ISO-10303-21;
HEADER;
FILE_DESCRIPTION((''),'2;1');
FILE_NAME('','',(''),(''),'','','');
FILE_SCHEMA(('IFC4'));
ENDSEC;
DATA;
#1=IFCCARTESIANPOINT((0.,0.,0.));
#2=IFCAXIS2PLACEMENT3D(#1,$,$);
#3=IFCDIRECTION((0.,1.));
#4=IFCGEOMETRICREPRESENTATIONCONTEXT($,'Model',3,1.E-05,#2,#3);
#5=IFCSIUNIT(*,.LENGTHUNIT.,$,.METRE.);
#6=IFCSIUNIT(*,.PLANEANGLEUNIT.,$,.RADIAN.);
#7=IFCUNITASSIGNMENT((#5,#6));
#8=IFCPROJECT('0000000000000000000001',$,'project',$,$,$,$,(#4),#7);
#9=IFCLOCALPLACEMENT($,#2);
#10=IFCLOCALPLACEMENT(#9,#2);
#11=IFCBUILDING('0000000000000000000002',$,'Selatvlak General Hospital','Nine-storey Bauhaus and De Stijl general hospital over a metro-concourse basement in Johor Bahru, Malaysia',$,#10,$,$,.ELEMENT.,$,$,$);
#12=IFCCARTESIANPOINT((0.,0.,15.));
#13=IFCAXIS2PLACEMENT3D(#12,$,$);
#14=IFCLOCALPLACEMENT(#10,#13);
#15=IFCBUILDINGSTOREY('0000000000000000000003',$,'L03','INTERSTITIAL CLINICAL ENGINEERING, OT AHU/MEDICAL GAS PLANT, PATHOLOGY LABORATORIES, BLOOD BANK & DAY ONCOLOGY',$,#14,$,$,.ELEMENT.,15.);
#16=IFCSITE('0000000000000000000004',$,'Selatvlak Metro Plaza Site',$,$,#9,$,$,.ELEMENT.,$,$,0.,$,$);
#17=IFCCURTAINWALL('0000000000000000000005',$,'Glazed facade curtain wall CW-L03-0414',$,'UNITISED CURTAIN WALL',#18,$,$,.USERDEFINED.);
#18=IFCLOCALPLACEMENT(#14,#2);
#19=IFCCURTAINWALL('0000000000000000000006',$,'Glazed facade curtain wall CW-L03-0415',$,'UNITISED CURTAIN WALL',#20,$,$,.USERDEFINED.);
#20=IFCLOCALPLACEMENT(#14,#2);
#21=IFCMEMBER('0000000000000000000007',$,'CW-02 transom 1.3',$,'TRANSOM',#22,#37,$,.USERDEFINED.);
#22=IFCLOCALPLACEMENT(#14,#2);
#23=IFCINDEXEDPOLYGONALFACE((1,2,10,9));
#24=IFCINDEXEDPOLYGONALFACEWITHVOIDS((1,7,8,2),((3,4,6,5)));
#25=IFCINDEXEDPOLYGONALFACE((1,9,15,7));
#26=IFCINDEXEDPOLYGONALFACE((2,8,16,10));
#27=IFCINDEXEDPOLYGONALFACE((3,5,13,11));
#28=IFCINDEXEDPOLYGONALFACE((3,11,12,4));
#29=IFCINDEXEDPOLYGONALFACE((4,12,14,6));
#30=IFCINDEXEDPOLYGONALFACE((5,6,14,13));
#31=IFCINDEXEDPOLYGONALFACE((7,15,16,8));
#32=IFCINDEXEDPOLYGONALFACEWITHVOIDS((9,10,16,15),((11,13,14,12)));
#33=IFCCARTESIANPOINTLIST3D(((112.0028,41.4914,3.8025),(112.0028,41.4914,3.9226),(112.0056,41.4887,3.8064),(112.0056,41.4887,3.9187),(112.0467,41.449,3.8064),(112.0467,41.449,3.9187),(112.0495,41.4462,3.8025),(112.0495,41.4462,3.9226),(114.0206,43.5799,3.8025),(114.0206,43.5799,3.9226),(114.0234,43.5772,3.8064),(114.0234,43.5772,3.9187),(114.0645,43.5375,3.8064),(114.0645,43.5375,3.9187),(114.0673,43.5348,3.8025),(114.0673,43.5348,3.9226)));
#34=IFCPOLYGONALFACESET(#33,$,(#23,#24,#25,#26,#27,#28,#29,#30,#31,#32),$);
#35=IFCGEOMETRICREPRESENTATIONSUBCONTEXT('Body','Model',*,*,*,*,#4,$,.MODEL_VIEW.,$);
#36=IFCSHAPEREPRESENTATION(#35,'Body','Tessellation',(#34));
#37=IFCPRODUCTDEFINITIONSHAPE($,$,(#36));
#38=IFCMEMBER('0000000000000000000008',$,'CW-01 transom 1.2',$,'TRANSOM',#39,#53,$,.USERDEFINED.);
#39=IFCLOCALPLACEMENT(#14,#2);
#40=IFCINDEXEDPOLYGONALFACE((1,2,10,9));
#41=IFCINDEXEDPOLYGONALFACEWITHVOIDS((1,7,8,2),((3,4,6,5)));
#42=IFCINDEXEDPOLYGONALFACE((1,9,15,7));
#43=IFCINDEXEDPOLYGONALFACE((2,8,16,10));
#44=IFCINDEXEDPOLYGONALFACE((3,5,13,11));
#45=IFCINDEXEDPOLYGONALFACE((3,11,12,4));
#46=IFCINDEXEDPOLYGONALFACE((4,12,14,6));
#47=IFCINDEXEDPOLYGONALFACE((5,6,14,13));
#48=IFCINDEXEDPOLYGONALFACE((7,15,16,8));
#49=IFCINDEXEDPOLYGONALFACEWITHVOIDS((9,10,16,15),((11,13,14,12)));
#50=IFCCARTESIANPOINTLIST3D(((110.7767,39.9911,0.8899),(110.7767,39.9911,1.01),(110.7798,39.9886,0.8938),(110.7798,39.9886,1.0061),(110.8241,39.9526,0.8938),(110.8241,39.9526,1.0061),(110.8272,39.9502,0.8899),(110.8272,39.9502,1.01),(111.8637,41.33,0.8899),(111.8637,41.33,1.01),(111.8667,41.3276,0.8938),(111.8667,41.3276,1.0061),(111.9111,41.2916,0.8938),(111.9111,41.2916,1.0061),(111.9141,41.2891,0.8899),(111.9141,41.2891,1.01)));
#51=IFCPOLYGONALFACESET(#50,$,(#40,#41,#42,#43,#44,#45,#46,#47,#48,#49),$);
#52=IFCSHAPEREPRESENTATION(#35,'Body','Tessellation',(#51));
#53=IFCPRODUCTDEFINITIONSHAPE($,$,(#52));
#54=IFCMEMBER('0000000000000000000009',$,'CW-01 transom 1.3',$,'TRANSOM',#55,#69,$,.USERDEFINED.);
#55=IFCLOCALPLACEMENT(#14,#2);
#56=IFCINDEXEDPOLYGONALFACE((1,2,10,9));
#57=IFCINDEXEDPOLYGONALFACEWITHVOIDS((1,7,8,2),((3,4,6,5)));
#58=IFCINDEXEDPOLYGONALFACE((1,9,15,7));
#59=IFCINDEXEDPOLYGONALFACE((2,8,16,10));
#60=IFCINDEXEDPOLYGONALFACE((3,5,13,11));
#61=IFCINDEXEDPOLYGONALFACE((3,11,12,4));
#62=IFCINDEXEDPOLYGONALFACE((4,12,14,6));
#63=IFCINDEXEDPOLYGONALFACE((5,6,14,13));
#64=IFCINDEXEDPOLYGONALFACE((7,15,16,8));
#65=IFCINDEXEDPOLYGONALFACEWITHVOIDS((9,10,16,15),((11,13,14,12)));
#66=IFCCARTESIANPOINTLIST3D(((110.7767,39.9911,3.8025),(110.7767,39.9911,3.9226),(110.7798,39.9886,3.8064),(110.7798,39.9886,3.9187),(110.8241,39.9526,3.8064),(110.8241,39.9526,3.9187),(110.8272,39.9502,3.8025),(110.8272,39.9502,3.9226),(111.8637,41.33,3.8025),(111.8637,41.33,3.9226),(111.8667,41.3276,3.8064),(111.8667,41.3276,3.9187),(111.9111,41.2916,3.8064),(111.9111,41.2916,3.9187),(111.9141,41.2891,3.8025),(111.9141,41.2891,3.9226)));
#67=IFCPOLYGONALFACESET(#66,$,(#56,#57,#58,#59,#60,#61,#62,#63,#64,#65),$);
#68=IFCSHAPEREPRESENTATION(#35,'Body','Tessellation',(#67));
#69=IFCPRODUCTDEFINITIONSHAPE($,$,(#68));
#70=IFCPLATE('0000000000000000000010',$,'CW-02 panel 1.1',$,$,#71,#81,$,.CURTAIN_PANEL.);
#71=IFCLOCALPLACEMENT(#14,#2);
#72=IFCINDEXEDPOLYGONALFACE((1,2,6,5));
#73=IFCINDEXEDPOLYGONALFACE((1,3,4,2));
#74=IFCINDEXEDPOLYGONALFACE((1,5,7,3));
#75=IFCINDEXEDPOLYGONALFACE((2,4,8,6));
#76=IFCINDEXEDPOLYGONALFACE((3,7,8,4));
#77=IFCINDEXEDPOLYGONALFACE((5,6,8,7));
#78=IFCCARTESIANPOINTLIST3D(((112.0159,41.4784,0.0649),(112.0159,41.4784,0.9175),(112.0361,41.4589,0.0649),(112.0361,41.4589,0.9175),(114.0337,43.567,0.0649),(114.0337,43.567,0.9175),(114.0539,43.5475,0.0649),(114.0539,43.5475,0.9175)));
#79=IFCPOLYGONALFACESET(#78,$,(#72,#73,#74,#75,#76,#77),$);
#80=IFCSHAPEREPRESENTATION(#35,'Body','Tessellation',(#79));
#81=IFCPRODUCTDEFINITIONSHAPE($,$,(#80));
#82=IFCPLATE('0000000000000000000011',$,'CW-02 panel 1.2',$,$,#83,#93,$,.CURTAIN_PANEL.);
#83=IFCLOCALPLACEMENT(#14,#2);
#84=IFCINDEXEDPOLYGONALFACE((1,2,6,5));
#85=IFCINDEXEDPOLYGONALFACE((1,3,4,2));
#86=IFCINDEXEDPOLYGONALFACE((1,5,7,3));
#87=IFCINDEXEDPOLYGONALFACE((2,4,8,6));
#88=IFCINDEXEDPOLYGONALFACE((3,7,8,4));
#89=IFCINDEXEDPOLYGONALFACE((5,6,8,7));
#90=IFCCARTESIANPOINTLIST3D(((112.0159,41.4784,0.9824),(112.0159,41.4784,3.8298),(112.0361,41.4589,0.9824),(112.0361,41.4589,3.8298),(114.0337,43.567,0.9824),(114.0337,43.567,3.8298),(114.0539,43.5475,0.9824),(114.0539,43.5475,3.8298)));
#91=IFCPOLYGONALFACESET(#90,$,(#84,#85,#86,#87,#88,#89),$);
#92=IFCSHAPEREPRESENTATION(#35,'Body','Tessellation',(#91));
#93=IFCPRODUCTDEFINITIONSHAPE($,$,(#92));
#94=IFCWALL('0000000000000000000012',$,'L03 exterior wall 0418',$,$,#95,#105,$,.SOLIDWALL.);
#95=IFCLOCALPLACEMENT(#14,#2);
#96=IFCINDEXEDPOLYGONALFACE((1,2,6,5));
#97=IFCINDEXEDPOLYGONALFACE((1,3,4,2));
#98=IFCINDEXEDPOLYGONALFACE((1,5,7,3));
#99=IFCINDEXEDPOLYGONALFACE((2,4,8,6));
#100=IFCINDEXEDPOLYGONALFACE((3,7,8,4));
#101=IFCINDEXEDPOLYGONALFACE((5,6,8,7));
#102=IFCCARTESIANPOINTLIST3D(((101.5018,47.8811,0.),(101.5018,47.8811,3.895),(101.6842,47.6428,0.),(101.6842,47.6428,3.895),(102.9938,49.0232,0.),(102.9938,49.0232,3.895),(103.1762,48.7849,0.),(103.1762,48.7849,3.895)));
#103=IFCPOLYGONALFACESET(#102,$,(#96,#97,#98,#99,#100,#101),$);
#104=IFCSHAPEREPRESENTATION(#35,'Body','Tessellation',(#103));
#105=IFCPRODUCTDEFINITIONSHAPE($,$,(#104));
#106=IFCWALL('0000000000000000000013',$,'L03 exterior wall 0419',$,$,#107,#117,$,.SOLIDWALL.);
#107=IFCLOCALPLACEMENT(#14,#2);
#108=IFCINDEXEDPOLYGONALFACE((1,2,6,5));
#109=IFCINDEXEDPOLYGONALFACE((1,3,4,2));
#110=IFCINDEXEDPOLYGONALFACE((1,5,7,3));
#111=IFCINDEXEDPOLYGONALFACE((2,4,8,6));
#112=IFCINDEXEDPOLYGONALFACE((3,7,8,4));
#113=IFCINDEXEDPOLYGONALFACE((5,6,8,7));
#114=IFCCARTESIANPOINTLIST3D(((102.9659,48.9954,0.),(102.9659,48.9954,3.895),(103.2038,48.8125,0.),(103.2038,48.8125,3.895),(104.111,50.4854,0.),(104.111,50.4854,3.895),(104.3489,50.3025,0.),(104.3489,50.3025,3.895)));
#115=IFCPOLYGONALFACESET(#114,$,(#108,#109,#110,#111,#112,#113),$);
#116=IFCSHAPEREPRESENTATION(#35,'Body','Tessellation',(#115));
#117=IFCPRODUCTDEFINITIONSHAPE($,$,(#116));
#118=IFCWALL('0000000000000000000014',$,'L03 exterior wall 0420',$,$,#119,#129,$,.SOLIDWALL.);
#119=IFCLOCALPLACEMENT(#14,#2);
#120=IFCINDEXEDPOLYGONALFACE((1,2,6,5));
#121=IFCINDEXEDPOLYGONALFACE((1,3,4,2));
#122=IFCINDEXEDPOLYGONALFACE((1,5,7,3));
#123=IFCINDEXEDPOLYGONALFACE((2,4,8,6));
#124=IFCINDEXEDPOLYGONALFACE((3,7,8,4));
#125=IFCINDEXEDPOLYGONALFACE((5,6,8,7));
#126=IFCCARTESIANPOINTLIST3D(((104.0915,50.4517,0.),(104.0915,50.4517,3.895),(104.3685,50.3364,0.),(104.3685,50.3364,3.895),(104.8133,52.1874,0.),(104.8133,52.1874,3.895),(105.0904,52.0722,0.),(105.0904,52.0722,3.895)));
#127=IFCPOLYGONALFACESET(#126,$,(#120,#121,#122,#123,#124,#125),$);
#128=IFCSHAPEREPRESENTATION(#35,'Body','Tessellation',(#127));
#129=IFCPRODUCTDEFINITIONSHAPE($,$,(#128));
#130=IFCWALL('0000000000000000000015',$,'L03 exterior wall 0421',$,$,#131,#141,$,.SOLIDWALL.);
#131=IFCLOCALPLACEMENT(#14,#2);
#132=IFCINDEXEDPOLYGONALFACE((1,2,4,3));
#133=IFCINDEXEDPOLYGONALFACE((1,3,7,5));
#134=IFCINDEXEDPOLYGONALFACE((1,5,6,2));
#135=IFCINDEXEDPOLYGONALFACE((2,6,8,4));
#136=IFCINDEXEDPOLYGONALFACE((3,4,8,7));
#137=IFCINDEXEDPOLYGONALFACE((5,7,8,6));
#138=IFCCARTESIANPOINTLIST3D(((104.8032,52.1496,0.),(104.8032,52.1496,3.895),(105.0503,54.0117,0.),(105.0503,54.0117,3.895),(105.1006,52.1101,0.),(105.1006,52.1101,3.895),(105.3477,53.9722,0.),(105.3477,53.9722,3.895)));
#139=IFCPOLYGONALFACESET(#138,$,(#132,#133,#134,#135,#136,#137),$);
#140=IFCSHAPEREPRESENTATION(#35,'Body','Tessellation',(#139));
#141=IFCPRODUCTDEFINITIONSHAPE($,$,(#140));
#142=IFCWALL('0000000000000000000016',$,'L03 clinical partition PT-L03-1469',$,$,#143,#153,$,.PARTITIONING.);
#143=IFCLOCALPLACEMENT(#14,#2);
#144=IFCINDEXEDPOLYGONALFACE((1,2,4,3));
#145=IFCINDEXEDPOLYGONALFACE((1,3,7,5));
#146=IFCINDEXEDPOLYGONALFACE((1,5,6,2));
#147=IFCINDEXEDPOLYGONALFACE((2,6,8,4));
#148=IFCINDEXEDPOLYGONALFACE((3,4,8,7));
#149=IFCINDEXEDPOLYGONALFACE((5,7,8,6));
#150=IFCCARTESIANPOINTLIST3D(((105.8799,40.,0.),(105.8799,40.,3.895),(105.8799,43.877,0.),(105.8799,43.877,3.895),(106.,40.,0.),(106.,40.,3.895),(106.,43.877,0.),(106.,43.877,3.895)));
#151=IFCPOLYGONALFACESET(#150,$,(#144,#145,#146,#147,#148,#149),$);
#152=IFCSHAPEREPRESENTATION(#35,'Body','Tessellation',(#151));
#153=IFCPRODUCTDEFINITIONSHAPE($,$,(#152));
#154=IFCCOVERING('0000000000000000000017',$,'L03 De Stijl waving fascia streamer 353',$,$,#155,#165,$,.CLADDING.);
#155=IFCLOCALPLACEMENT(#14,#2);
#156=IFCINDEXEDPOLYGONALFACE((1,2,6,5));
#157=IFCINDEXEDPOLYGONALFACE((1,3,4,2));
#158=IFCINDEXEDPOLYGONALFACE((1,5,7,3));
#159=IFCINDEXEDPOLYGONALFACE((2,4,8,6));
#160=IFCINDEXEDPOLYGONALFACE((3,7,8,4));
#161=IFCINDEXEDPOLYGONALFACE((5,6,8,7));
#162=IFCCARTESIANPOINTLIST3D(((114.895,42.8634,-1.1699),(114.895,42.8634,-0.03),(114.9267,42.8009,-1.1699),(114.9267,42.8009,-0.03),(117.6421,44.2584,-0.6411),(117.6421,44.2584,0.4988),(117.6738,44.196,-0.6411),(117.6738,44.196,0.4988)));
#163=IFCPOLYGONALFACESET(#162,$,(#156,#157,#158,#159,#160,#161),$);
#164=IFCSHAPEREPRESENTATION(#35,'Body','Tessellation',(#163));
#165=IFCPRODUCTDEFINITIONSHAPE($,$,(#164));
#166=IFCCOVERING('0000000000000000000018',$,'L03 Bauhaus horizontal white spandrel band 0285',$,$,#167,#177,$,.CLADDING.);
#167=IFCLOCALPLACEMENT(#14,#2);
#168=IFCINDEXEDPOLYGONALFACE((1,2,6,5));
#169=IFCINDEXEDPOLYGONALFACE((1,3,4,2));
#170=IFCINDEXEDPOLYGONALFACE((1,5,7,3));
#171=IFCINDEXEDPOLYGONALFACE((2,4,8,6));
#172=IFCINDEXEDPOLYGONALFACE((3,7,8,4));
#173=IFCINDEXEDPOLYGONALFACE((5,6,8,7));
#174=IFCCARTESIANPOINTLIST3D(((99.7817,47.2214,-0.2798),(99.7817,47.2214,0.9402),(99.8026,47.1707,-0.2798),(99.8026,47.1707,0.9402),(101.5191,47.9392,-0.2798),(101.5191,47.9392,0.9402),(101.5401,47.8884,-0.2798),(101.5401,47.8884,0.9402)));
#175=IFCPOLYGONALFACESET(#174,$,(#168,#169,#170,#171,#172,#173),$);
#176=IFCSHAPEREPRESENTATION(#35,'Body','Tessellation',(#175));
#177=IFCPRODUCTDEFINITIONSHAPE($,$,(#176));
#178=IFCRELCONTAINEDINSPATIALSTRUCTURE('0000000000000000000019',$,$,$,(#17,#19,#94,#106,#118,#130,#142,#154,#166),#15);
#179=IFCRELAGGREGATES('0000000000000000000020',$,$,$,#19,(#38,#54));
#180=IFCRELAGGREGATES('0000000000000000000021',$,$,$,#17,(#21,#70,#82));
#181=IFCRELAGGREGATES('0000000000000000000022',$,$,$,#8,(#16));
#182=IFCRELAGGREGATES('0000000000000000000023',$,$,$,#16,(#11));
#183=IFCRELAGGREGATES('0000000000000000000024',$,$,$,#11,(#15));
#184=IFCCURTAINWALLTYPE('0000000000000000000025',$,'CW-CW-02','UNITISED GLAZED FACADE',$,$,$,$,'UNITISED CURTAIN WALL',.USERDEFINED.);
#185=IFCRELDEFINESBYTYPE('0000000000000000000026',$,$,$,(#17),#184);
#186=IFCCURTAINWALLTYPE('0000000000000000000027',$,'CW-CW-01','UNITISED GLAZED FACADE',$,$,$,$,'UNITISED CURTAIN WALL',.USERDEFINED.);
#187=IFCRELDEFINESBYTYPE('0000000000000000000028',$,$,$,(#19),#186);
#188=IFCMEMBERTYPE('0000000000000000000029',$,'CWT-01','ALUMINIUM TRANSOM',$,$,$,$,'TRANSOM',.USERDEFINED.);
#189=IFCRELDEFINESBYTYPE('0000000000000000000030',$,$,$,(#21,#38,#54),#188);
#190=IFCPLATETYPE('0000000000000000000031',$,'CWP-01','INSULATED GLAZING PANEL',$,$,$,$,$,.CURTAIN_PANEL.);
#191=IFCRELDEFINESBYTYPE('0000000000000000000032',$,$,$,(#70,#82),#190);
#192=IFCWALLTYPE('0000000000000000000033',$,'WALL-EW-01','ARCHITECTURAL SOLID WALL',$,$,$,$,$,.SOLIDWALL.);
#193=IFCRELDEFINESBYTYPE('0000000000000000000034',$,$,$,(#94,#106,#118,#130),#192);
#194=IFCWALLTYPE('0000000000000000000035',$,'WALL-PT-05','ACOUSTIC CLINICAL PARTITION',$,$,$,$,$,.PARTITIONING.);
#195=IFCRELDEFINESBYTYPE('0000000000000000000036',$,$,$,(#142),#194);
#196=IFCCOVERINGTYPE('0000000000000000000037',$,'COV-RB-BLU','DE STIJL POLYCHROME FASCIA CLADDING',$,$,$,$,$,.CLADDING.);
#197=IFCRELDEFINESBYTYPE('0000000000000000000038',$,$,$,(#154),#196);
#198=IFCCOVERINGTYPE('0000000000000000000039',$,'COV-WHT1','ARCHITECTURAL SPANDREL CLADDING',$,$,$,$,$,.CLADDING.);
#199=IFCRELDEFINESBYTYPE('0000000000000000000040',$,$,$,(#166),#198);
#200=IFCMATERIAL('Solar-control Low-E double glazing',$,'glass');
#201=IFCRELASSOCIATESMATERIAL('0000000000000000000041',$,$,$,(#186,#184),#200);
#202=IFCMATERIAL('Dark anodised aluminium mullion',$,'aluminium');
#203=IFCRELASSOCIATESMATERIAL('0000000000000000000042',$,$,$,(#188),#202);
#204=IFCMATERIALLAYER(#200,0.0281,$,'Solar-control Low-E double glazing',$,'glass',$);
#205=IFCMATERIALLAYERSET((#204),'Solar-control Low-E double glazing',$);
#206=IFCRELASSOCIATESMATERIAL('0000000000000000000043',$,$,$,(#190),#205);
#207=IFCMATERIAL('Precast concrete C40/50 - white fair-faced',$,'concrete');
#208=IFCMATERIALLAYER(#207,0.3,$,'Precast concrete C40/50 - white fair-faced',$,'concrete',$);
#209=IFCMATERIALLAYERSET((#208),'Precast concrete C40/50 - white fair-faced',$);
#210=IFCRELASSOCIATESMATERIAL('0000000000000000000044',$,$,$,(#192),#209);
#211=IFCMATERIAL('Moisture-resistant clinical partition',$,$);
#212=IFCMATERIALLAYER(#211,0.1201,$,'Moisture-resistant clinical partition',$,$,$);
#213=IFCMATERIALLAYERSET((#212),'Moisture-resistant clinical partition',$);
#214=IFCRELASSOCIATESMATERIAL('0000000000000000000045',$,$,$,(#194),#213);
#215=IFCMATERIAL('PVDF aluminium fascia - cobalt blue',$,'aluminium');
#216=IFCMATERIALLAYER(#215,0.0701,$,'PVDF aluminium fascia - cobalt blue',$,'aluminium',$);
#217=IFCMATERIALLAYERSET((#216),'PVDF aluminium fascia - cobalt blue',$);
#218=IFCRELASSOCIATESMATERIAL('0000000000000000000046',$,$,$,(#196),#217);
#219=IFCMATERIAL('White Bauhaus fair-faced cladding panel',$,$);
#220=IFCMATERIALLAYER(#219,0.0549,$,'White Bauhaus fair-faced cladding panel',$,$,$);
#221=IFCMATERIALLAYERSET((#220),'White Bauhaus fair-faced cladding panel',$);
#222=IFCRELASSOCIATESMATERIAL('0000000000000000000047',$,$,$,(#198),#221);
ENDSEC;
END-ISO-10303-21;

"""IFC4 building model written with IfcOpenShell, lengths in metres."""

from ifc_helpers import new_model, si_unit, direction, frame, frame_2d, origin, origin_2d, place, context, subcontext, project, spatial, polyline, rectangle, hollow_rectangle, outline, extrude, material, layer, layer_set, material_profile, profile_set, type_object, element, aggregate, save


model = new_model("IFC4")

# Units and contexts
model_context = context("Model", 3, precision=1e-05, world=origin(), true_north=direction((0.0, 1.0)))
body_context = subcontext(model_context, "Body", "Model", "MODEL_VIEW")
ifc_project = project(units=[si_unit("LENGTHUNIT", "METRE"), si_unit("PLANEANGLEUNIT", "RADIAN")], contexts=[model_context])

# Site, building, storey
site_placement = place(None, origin())
site = spatial("IfcSite", under=ifc_project, at=site_placement, Name="Selatvlak Metro Plaza Site", CompositionType="ELEMENT", RefElevation=0.0)
building_placement = place(site_placement, origin())
building = spatial("IfcBuilding", under=site, at=building_placement, Name="Selatvlak General Hospital", Description="Nine-storey Bauhaus and De Stijl general hospital over a metro-concourse basement in Johor Bahru, Malaysia", CompositionType="ELEMENT")
storey_placement = place(building_placement, frame((0.0, 0.0, 15.0)))
storey = spatial("IfcBuildingStorey", under=building, at=storey_placement, Name="L03", Description="INTERSTITIAL CLINICAL ENGINEERING, OT AHU/MEDICAL GAS PLANT, PATHOLOGY LABORATORIES, BLOOD BANK & DAY ONCOLOGY", CompositionType="ELEMENT", Elevation=15.0)

# Shared definitions
ifc_material_1 = material(Name="Solar-control Low-E double glazing", Category="glass")
curtain_wall_type_1 = type_object("IfcCurtainWallType", Name="CW-CW-01", Description="UNITISED GLAZED FACADE", ElementType="UNITISED CURTAIN WALL", PredefinedType="USERDEFINED", material=ifc_material_1)
ifc_material_2 = material(Name="Dark anodised aluminium mullion", Category="aluminium")

# Curtain wall
curtain_wall_type_2 = type_object("IfcCurtainWallType", Name="CW-CW-02", Description="UNITISED GLAZED FACADE", ElementType="UNITISED CURTAIN WALL", PredefinedType="USERDEFINED", material=ifc_material_1)
curtain_wall_1_placement = place(storey_placement, origin())
curtain_wall_1 = element("IfcCurtainWall", 1, at=curtain_wall_1_placement, inside=storey, type_object=curtain_wall_type_2, Name="Glazed facade curtain wall CW-L03-0414", ObjectType="UNITISED CURTAIN WALL", PredefinedType="USERDEFINED")

# Curtain wall
curtain_wall_2_placement = place(storey_placement, origin())
curtain_wall_2 = element("IfcCurtainWall", 2, at=curtain_wall_2_placement, inside=storey, type_object=curtain_wall_type_1, Name="Glazed facade curtain wall CW-L03-0415", ObjectType="UNITISED CURTAIN WALL", PredefinedType="USERDEFINED")

# Members
ifc_material_profile_1 = material_profile(ifc_material_2, hollow_rectangle(XDim=0.0649, YDim=0.1201, WallThickness=0.0039, at=origin_2d()), Name="AL-TRN 65x120x4")
ifc_profile_set_1 = profile_set([ifc_material_profile_1], Name="Dark anodised aluminium mullion")
member_type_1 = type_object("IfcMemberType", Name="CWT-01", Description="ALUMINIUM TRANSOM", ElementType="TRANSOM", PredefinedType="USERDEFINED", material=ifc_profile_set_1)
member_1_placement = place(storey_placement, frame((114.0439, 43.5574, 3.8625), z_axis=(-0.694812, -0.719191, 0.0), x_axis=(0.719191, -0.694812, 0.0)))
member_1 = element("IfcMember", 3, at=member_1_placement, type_object=member_type_1, Name="CW-02 transom 1.3", ObjectType="TRANSOM", PredefinedType="USERDEFINED", context=body_context, shape_type="SweptSolid", body=[
    extrude(hollow_rectangle(XDim=0.0649, YDim=0.1201, WallThickness=0.0039, at=origin_2d()), origin(), (0.0, 0.0, 1.0), 2.9041),
])
member_2_placement = place(storey_placement, frame((111.8889, 41.3096, 0.95), z_axis=(-0.630273, -0.776374, 0.0), x_axis=(0.776374, -0.630273, 0.0)))
member_2 = element("IfcMember", 4, at=member_2_placement, type_object=member_type_1, Name="CW-01 transom 1.2", ObjectType="TRANSOM", PredefinedType="USERDEFINED", context=body_context, shape_type="SweptSolid", body=[
    extrude(hollow_rectangle(XDim=0.0649, YDim=0.1201, WallThickness=0.0039, at=origin_2d()), origin(), (0.0, 0.0, 1.0), 1.7246),
])
member_3_placement = place(storey_placement, frame((111.8889, 41.3096, 3.8625), z_axis=(-0.630273, -0.776374, 0.0), x_axis=(0.776374, -0.630273, 0.0)))
member_3 = element("IfcMember", 5, at=member_3_placement, type_object=member_type_1, Name="CW-01 transom 1.3", ObjectType="TRANSOM", PredefinedType="USERDEFINED", context=body_context, shape_type="SweptSolid", body=[
    extrude(hollow_rectangle(XDim=0.0649, YDim=0.1201, WallThickness=0.0039, at=origin_2d()), origin(), (0.0, 0.0, 1.0), 1.7246),
])
aggregate(curtain_wall_2, [member_2, member_3])

# Plates
ifc_layer_1 = layer(ifc_material_1, 0.0281, Name="Solar-control Low-E double glazing", Category="glass")
ifc_layer_set_1 = layer_set([ifc_layer_1], Name="Solar-control Low-E double glazing")
plate_type = type_object("IfcPlateType", Name="CWP-01", Description="INSULATED GLAZING PANEL", PredefinedType="CURTAIN_PANEL", material=ifc_layer_set_1)
plate_1_placement = place(storey_placement, frame((113.0349, 42.5129, 0.0649), z_axis=(0.0, 0.0, 1.0), x_axis=(-0.694806, -0.719197, 0.0)))
plate_1 = element("IfcPlate", 6, at=plate_1_placement, type_object=plate_type, Name="CW-02 panel 1.1", PredefinedType="CURTAIN_PANEL", context=body_context, shape_type="SweptSolid", body=[
    extrude(rectangle(XDim=2.9041, YDim=0.0281, at=origin_2d()), origin(), (0.0, 0.0, 1.0), 0.8525),
])
plate_2_placement = place(storey_placement, frame((113.0349, 42.5129, 0.9824), z_axis=(0.0, 0.0, 1.0), x_axis=(-0.694806, -0.719197, 0.0)))
plate_2 = element("IfcPlate", 7, at=plate_2_placement, type_object=plate_type, Name="CW-02 panel 1.2", PredefinedType="CURTAIN_PANEL", context=body_context, shape_type="SweptSolid", body=[
    extrude(rectangle(XDim=2.9041, YDim=0.0281, at=origin_2d()), origin(), (0.0, 0.0, 1.0), 2.8474),
])
aggregate(curtain_wall_1, [member_1, plate_1, plate_2])

# Walls
ifc_material_3 = material(Name="Precast concrete C40/50 - white fair-faced", Category="concrete")
ifc_layer_2 = layer(ifc_material_3, 0.3, Name="Precast concrete C40/50 - white fair-faced", Category="concrete")
ifc_layer_set_2 = layer_set([ifc_layer_2], Name="Precast concrete C40/50 - white fair-faced")
wall_type_1 = type_object("IfcWallType", Name="WALL-EW-01", Description="ARCHITECTURAL SOLID WALL", PredefinedType="SOLIDWALL", material=ifc_layer_set_2)
wall_1_placement = place(storey_placement, frame((101.593, 47.762, 0.0), z_axis=(0.0, 0.0, 1.0), x_axis=(0.794052, 0.60785, 0.0)))
element("IfcWall", 8, at=wall_1_placement, inside=storey, type_object=wall_type_1, Name="L03 exterior wall 0418", PredefinedType="SOLIDWALL", context=body_context, shape_type="SweptSolid", body=[
    extrude(rectangle(XDim=1.8789, YDim=0.3, at=frame_2d((0.9395, 0.0))), origin(), (0.0, 0.0, 1.0), 3.895),
])
wall_2_placement = place(storey_placement, frame((103.085, 48.9041, 0.0), z_axis=(0.0, 0.0, 1.0), x_axis=(0.609334, 0.792914, 0.0)))
element("IfcWall", 9, at=wall_2_placement, inside=storey, type_object=wall_type_1, Name="L03 exterior wall 0419", PredefinedType="SOLIDWALL", context=body_context, shape_type="SweptSolid", body=[
    extrude(rectangle(XDim=1.8792, YDim=0.3, at=frame_2d((0.9395, 0.0))), origin(), (0.0, 0.0, 1.0), 3.895),
])
wall_3_placement = place(storey_placement, frame((104.23, 50.394, 0.0), z_axis=(0.0, 0.0, 1.0), x_axis=(0.384007, 0.92333, 0.0)))
element("IfcWall", 10, at=wall_3_placement, inside=storey, type_object=wall_type_1, Name="L03 exterior wall 0420", PredefinedType="SOLIDWALL", context=body_context, shape_type="SweptSolid", body=[
    extrude(rectangle(XDim=1.8799, YDim=0.3, at=frame_2d((0.9399, 0.0))), origin(), (0.0, 0.0, 1.0), 3.895),
])
wall_4_placement = place(storey_placement, frame((104.9519, 52.1299, 0.0), z_axis=(0.0, 0.0, 1.0), x_axis=(0.131534, 0.991312, 0.0)))
element("IfcWall", 11, at=wall_4_placement, inside=storey, type_object=wall_type_1, Name="L03 exterior wall 0421", PredefinedType="SOLIDWALL", context=body_context, shape_type="SweptSolid", body=[
    extrude(rectangle(XDim=1.8784, YDim=0.3, at=frame_2d((0.9392, 0.0))), origin(), (0.0, 0.0, 1.0), 3.895),
])
ifc_material_4 = material(Name="Moisture-resistant clinical partition")
ifc_layer_3 = layer(ifc_material_4, 0.1201, Name="Moisture-resistant clinical partition")
ifc_layer_set_3 = layer_set([ifc_layer_3], Name="Moisture-resistant clinical partition")
wall_type_2 = type_object("IfcWallType", Name="WALL-PT-05", Description="ACOUSTIC CLINICAL PARTITION", PredefinedType="PARTITIONING", material=ifc_layer_set_3)
wall_5_placement = place(storey_placement, frame((105.9399, 43.877, 0.0), z_axis=(0.0, 0.0, 1.0), x_axis=(0.0, -1.0, 0.0)))
element("IfcWall", 12, at=wall_5_placement, inside=storey, type_object=wall_type_2, Name="L03 clinical partition PT-L03-1469", PredefinedType="PARTITIONING", context=body_context, shape_type="SweptSolid", body=[
    extrude(rectangle(XDim=3.877, YDim=0.1201, at=frame_2d((1.9385, 0.0))), origin(), (0.0, 0.0, 1.0), 3.895),
])

# Coverings
ifc_material_5 = material(Name="PVDF aluminium fascia - cobalt blue", Category="aluminium")
ifc_layer_4 = layer(ifc_material_5, 0.0701, Name="PVDF aluminium fascia - cobalt blue", Category="aluminium")
ifc_layer_set_4 = layer_set([ifc_layer_4], Name="PVDF aluminium fascia - cobalt blue")
covering_type_1 = type_object("IfcCoveringType", Name="COV-RB-BLU", Description="DE STIJL POLYCHROME FASCIA CLADDING", PredefinedType="CLADDING", material=ifc_layer_set_4)
covering_1_placement = place(storey_placement, frame((114.9109, 42.832, -1.1699), z_axis=(0.0, 0.0, 1.0), x_axis=(0.891621, 0.452783, 0.0)))
element("IfcCovering", 13, at=covering_1_placement, inside=storey, type_object=covering_type_1, Name="L03 De Stijl waving fascia streamer 353", PredefinedType="CLADDING", context=body_context, shape_type="SweptSolid", body=[
    extrude(outline(polyline([(0.0, 0.0), (3.0811, 0.5288), (3.0811, 1.6687), (0.0, 1.1399), (0.0, 0.0)])), frame((0.0, 0.0352, 0.0), z_axis=(0.0, -1.0, 0.0), x_axis=(1.0, 0.0, 0.0)), (0.0, 0.0, 1.0), 0.0701),
])
ifc_material_6 = material(Name="White Bauhaus fair-faced cladding panel")
ifc_layer_5 = layer(ifc_material_6, 0.0549, Name="White Bauhaus fair-faced cladding panel")
ifc_layer_set_5 = layer_set([ifc_layer_5], Name="White Bauhaus fair-faced cladding panel")
covering_type_2 = type_object("IfcCoveringType", Name="COV-WHT1", Description="ARCHITECTURAL SPANDREL CLADDING", PredefinedType="CLADDING", material=ifc_layer_set_5)
covering_2_placement = place(storey_placement, frame((100.6609, 47.5549, -0.2798), z_axis=(0.0, 0.0, 1.0), x_axis=(0.92424, 0.381813, 0.0)))
element("IfcCovering", 14, at=covering_2_placement, inside=storey, type_object=covering_type_2, Name="L03 Bauhaus horizontal white spandrel band 0285", PredefinedType="CLADDING", context=body_context, shape_type="SweptSolid", body=[
    extrude(rectangle(XDim=1.8799, YDim=0.0549, at=origin_2d()), origin(), (0.0, 0.0, 1.0), 1.22),
])

save(model, "model.ifc")
